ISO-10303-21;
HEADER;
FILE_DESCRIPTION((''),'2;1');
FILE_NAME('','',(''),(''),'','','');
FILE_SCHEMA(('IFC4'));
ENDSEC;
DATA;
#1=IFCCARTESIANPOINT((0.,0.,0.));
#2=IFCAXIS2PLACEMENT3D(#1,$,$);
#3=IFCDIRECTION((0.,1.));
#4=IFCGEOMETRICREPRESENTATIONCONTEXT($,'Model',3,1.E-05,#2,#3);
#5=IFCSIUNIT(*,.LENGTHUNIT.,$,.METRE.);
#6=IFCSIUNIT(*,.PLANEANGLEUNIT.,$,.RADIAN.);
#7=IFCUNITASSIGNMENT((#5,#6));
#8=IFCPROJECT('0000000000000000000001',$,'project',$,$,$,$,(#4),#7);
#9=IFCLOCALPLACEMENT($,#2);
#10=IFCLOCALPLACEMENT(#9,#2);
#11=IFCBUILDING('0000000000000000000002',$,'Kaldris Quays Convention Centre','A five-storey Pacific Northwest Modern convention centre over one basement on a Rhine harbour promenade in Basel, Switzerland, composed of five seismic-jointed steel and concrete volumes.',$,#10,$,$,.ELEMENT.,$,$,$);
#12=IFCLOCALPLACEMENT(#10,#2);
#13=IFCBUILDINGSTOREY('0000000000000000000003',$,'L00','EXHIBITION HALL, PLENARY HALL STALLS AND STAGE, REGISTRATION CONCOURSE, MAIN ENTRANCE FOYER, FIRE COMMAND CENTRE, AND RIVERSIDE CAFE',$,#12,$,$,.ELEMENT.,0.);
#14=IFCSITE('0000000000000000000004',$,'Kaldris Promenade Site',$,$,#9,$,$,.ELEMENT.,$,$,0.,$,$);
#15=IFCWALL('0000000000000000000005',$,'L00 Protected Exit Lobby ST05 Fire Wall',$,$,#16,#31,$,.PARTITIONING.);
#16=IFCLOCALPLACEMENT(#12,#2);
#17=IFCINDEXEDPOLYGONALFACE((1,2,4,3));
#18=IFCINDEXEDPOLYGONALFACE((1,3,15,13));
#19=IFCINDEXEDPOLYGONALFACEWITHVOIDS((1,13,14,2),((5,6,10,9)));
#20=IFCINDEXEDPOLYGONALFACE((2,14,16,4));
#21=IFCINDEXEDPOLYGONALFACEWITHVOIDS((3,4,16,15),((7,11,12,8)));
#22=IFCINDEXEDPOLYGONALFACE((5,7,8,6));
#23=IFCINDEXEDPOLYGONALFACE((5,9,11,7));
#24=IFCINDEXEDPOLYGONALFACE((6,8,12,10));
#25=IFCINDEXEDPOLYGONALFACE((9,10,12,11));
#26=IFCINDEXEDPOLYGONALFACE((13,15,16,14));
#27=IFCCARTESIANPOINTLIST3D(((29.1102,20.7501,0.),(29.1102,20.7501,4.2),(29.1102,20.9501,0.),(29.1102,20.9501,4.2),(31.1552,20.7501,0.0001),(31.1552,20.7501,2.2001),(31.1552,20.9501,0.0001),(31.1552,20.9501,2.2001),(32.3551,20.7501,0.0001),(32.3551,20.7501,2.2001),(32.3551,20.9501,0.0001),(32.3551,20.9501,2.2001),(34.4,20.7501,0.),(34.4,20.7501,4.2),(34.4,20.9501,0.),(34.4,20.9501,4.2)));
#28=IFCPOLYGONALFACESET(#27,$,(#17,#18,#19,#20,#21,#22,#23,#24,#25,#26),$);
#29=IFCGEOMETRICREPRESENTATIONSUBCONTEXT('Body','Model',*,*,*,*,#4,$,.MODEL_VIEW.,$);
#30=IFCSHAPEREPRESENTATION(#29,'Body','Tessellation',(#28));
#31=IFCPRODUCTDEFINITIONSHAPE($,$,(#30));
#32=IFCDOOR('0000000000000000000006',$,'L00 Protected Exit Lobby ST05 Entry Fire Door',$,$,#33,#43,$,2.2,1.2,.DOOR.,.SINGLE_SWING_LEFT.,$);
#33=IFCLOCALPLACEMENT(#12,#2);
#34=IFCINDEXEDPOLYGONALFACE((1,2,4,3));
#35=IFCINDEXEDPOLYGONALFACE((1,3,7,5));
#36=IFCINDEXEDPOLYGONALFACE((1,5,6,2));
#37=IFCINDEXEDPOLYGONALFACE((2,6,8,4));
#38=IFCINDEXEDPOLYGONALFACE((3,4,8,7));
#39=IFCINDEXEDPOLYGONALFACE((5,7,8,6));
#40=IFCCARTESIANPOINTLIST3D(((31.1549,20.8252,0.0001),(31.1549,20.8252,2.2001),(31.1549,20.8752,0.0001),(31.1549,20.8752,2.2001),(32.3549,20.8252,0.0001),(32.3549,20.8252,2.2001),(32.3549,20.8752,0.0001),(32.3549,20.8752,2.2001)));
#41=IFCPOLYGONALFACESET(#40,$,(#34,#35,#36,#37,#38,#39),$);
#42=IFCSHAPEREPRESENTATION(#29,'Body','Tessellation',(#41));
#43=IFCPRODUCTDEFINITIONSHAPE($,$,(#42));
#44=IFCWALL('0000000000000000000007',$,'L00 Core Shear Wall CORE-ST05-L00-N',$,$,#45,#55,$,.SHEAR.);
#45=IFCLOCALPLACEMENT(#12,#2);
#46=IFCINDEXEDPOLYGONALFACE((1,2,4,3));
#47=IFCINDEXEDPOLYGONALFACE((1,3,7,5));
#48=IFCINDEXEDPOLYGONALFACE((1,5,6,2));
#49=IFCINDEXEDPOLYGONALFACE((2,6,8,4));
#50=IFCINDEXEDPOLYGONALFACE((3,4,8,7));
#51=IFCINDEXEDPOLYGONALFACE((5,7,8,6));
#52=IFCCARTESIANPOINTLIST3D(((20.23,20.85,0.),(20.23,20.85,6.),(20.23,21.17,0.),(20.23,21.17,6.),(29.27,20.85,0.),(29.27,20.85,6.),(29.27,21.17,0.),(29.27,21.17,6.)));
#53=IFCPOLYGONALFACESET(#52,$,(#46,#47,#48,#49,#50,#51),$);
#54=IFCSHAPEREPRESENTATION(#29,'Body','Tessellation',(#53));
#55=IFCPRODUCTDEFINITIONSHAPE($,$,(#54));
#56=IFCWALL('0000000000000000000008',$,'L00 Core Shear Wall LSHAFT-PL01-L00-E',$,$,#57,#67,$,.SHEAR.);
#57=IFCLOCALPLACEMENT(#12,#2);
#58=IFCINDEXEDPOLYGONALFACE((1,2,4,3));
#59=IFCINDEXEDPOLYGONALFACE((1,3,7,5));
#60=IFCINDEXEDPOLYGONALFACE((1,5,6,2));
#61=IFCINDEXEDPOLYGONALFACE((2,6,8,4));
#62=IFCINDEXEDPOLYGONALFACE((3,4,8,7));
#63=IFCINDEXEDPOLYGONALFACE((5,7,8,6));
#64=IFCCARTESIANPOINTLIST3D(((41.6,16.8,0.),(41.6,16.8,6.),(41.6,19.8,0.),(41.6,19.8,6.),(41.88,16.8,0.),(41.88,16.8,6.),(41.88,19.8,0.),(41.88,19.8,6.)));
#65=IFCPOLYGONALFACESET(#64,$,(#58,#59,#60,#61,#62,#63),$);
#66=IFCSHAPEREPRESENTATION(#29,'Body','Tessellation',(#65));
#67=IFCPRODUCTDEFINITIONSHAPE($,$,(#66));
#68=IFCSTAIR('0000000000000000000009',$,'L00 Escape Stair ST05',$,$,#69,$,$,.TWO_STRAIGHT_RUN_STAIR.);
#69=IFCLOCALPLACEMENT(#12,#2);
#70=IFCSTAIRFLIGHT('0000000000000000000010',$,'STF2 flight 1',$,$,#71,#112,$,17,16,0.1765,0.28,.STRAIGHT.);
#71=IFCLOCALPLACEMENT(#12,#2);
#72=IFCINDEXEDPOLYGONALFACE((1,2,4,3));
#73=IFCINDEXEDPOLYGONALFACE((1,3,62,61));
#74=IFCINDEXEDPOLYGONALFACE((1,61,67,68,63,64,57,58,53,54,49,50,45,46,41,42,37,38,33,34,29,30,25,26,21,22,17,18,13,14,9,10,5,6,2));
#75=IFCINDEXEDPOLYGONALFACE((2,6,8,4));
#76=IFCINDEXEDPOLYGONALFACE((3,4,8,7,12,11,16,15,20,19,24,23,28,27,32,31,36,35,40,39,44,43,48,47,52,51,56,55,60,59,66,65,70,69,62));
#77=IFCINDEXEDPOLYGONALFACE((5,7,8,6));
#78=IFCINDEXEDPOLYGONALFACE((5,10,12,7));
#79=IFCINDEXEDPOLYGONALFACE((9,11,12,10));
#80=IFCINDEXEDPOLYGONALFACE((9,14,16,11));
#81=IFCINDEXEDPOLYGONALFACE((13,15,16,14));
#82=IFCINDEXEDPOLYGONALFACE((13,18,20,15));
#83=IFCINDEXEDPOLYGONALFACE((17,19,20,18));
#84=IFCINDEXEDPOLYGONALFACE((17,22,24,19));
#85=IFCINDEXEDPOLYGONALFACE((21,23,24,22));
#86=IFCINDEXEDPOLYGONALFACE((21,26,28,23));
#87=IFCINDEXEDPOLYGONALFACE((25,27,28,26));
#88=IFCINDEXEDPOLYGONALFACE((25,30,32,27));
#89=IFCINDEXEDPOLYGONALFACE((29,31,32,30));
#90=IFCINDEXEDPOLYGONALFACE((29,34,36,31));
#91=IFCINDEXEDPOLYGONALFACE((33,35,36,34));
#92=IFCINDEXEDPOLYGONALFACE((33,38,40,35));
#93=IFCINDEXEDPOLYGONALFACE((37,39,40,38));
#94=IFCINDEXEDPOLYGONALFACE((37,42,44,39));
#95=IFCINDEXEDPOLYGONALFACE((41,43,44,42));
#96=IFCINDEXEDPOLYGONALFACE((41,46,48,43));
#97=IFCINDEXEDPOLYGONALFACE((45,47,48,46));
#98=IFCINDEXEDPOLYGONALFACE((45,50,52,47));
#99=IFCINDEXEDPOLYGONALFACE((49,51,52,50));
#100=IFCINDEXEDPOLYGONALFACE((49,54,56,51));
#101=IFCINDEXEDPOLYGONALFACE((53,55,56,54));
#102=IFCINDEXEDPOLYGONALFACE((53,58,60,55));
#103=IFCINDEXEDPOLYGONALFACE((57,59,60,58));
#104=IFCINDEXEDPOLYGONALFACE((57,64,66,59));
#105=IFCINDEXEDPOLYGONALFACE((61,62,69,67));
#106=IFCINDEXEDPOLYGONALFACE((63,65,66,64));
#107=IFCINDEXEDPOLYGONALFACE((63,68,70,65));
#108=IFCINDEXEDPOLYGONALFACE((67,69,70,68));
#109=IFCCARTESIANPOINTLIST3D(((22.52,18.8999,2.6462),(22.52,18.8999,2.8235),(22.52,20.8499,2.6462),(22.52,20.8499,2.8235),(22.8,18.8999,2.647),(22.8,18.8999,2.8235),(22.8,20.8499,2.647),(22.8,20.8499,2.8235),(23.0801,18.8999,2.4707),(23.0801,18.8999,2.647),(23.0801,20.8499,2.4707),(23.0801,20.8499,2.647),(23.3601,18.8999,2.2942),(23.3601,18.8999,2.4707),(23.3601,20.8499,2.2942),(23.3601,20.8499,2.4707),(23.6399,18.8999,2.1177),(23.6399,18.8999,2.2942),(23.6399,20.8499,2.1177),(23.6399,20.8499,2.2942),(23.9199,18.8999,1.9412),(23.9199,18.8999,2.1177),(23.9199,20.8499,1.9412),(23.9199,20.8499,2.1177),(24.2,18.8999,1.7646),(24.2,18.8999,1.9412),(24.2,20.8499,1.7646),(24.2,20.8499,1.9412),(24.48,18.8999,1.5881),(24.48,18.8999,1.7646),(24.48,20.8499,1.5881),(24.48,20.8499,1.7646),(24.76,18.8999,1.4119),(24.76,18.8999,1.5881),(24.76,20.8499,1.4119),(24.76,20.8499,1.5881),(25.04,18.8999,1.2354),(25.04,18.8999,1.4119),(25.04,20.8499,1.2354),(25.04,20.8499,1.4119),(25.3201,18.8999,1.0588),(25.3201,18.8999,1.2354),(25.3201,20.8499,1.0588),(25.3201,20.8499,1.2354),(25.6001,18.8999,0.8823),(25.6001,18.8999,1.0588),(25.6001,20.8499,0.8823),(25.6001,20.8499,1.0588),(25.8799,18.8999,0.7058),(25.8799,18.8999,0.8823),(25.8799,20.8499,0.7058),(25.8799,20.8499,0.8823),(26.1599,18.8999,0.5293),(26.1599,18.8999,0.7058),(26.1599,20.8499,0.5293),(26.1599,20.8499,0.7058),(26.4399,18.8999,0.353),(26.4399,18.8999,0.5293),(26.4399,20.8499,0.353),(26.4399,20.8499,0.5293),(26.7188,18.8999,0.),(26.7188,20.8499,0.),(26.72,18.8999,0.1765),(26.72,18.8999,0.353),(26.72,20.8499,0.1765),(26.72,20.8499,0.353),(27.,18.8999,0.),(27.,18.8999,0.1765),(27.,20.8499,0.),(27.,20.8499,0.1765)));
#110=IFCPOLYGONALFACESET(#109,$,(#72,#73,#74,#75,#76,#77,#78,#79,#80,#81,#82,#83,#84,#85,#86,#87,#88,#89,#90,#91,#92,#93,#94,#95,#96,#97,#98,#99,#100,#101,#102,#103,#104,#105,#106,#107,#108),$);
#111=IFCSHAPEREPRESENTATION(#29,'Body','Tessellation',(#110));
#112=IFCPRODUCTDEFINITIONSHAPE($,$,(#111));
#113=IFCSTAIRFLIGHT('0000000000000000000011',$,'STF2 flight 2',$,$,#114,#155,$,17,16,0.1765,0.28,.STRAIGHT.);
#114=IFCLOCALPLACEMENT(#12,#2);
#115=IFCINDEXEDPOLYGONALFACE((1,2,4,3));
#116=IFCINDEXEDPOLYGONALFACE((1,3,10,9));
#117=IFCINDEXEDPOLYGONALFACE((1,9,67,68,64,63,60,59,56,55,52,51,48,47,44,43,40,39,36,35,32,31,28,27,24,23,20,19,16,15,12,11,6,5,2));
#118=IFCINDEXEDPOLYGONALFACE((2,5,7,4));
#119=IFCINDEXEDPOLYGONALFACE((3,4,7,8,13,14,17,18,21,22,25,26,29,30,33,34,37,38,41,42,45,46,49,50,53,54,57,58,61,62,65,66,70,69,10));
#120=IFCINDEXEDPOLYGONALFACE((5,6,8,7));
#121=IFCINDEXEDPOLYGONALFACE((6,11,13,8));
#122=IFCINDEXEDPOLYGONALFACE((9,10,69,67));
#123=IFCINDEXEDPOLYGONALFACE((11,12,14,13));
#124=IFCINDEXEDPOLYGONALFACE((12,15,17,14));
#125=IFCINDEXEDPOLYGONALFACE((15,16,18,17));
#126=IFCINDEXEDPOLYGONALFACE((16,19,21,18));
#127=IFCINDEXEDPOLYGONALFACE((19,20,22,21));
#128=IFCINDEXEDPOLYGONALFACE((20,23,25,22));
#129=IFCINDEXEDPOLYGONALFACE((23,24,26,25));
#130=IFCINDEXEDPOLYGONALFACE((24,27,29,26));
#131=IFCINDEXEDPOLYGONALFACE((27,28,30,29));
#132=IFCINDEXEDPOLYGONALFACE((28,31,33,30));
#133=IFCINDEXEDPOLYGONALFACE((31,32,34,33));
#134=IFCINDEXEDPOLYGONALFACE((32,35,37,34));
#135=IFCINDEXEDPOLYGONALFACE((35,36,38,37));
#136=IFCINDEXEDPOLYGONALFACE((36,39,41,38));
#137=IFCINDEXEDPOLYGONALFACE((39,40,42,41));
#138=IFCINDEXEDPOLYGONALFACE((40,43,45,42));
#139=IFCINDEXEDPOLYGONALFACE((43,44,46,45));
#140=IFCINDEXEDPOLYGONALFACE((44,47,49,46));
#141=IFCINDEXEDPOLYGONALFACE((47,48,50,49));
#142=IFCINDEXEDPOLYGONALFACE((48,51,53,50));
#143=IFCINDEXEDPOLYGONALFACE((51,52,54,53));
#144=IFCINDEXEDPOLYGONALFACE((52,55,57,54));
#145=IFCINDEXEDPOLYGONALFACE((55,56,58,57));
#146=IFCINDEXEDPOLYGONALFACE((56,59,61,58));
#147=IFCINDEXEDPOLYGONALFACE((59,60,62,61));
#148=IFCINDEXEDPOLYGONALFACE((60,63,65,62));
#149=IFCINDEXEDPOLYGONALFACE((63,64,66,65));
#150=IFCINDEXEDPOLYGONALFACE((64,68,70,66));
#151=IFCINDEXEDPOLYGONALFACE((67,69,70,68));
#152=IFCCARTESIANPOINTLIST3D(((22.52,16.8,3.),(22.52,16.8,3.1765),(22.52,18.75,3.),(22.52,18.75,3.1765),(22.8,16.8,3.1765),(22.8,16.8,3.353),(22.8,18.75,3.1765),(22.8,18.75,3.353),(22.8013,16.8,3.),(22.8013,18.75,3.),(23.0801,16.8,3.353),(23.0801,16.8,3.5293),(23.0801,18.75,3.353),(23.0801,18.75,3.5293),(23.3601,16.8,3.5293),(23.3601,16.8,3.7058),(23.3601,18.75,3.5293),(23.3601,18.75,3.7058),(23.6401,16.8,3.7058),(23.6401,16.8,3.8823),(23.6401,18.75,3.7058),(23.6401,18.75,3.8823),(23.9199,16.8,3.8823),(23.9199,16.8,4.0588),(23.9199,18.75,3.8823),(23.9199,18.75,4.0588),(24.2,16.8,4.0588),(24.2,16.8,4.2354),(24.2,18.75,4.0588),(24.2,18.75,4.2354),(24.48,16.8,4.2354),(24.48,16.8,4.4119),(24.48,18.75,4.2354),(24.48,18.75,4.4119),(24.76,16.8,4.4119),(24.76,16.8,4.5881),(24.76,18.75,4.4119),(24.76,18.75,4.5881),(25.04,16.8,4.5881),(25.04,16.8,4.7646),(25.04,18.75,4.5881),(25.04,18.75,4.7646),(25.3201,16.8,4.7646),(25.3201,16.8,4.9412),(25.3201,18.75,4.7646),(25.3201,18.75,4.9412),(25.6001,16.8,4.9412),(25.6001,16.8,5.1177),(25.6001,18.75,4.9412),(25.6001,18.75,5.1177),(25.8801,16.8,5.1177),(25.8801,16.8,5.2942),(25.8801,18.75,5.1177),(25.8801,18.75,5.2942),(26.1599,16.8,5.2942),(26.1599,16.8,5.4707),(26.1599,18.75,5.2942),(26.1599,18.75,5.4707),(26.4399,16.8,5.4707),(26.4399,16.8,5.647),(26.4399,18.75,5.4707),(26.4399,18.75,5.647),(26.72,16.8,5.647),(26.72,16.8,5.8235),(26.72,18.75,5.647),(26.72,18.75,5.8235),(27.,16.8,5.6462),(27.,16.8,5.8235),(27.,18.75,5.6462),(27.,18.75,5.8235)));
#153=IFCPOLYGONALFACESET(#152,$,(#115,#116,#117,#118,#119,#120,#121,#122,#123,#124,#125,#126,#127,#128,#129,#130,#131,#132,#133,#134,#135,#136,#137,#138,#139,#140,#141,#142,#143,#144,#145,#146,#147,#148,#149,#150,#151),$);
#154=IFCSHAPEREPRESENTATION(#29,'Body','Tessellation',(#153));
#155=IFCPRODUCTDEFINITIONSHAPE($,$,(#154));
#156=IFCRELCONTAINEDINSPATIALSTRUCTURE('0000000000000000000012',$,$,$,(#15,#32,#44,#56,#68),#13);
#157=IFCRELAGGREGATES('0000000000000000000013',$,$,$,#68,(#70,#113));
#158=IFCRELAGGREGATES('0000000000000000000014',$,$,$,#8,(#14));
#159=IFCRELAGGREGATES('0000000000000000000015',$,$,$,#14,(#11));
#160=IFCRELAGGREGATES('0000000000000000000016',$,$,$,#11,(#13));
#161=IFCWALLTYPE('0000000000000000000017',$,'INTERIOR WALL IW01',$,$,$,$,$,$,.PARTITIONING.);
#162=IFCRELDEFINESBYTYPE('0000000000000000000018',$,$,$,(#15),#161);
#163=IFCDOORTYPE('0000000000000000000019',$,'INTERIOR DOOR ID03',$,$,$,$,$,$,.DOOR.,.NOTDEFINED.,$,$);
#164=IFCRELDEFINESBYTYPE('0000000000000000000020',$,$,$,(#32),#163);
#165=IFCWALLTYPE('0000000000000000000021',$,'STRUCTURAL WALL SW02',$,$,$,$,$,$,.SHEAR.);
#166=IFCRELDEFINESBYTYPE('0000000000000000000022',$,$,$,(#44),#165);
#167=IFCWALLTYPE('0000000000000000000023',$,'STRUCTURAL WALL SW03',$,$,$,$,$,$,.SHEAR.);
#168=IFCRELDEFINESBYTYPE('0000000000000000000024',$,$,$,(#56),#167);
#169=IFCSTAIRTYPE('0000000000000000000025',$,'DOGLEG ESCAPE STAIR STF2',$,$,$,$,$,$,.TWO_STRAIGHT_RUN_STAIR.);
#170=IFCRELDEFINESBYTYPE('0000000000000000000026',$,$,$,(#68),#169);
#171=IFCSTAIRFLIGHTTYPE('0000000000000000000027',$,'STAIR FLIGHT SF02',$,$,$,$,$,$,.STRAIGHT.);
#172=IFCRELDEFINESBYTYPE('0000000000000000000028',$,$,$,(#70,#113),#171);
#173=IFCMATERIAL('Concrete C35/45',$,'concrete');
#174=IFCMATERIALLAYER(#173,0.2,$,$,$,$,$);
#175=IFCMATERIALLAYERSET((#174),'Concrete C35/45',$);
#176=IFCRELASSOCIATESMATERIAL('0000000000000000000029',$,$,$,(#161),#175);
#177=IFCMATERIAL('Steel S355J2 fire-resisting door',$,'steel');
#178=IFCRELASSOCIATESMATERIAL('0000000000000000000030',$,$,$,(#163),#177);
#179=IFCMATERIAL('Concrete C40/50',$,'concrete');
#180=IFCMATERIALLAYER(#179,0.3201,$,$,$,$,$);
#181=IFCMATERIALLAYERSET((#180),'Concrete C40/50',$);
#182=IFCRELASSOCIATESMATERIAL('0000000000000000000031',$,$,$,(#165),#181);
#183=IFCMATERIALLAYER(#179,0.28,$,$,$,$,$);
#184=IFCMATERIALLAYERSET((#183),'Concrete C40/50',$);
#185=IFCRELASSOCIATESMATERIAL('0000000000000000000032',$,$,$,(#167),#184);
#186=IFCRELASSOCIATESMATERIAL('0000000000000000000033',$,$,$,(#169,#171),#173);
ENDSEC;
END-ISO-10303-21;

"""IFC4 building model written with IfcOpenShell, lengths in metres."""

from ifc_helpers import new_model, si_unit, direction, frame, frame_2d, origin, place, context, subcontext, project, spatial, polyline, rectangle, outline, extrude, material, layer, layer_set, type_object, element, fill, aggregate, save


model = new_model("IFC4")

# Units and contexts
model_context = context("Model", 3, precision=1e-05, world=origin(), true_north=direction((0.0, 1.0)))
body_context = subcontext(model_context, "Body", "Model", "MODEL_VIEW")
ifc_project = project(units=[si_unit("LENGTHUNIT", "METRE"), si_unit("PLANEANGLEUNIT", "RADIAN")], contexts=[model_context])

# Site, building, storey
site_placement = place(None, origin())
site = spatial("IfcSite", under=ifc_project, at=site_placement, Name="Kaldris Promenade Site", CompositionType="ELEMENT", RefElevation=0.0)
building_placement = place(site_placement, origin())
building = spatial("IfcBuilding", under=site, at=building_placement, Name="Kaldris Quays Convention Centre", Description="A five-storey Pacific Northwest Modern convention centre over one basement on a Rhine harbour promenade in Basel, Switzerland, composed of five seismic-jointed steel and concrete volumes.", CompositionType="ELEMENT")
storey_placement = place(building_placement, origin())
storey = spatial("IfcBuildingStorey", under=building, at=storey_placement, Name="L00", Description="EXHIBITION HALL, PLENARY HALL STALLS AND STAGE, REGISTRATION CONCOURSE, MAIN ENTRANCE FOYER, FIRE COMMAND CENTRE, AND RIVERSIDE CAFE", CompositionType="ELEMENT", Elevation=0.0)

# Wall, opening, door
ifc_material_1 = material(Name="Concrete C35/45", Category="concrete")
ifc_layer_1 = layer(ifc_material_1, 0.2)
ifc_layer_set_1 = layer_set([ifc_layer_1], Name="Concrete C35/45")
wall_type_1 = type_object("IfcWallType", Name="INTERIOR WALL IW01", PredefinedType="PARTITIONING", material=ifc_layer_set_1)
wall_1_placement = place(storey_placement, frame((29.1101, 20.8501, 0.0), z_axis=(0.0, 0.0, 1.0), x_axis=(1.0, 0.0, 0.0)))
wall_1 = element("IfcWall", 1, at=wall_1_placement, inside=storey, type_object=wall_type_1, Name="L00 Protected Exit Lobby ST05 Fire Wall", PredefinedType="PARTITIONING", context=body_context, shape_type="SweptSolid", body=[
    extrude(rectangle(XDim=5.2898, YDim=0.2, at=frame_2d((2.645, 0.0))), origin(), (0.0, 0.0, 1.0), 4.2),
])
opening_1_placement = place(wall_1_placement, frame((2.0449, 0.0, 0.0)))
opening_1 = element("IfcOpeningElement", 2, at=opening_1_placement, cuts=wall_1, PredefinedType="OPENING", context=body_context, shape_type="SweptSolid", body=[
    extrude(rectangle(XDim=1.2, YDim=2.2, at=frame_2d((0.6001, 1.1001))), frame((0.0, 0.1099, 0.0), z_axis=(0.0, -1.0, 0.0), x_axis=(1.0, 0.0, 0.0)), (0.0, 0.0, 1.0), 0.22),
])
ifc_material_2 = material(Name="Steel S355J2 fire-resisting door", Category="steel")
door_type_1 = type_object("IfcDoorType", Name="INTERIOR DOOR ID03", OperationType="NOTDEFINED", PredefinedType="DOOR", material=ifc_material_2)
door_1_placement = place(opening_1_placement, frame((1.2, 0.0, 0.0), z_axis=(0.0, 0.0, 1.0), x_axis=(-1.0, 0.0, 0.0)))
door_1 = element("IfcDoor", 3, at=door_1_placement, inside=storey, type_object=door_type_1, Name="L00 Protected Exit Lobby ST05 Entry Fire Door", OperationType="SINGLE_SWING_LEFT", OverallHeight=2.2, OverallWidth=1.2, PredefinedType="DOOR", context=body_context, shape_type="SweptSolid", body=[
    extrude(rectangle(XDim=1.2, YDim=2.2, at=frame_2d((0.6001, 1.1001))), frame((0.0, 0.0249, 0.0), z_axis=(0.0, -1.0, 0.0), x_axis=(1.0, 0.0, 0.0)), (0.0, 0.0, 1.0), 0.05),
])
fill(opening_1, door_1)

# Wall
ifc_material_3 = material(Name="Concrete C40/50", Category="concrete")
ifc_layer_2 = layer(ifc_material_3, 0.3201)
ifc_layer_set_2 = layer_set([ifc_layer_2], Name="Concrete C40/50")
wall_type_2 = type_object("IfcWallType", Name="STRUCTURAL WALL SW02", PredefinedType="SHEAR", material=ifc_layer_set_2)
wall_2_placement = place(storey_placement, frame((20.23, 21.01, 0.0), z_axis=(0.0, 0.0, 1.0), x_axis=(1.0, 0.0, 0.0)))
element("IfcWall", 4, at=wall_2_placement, inside=storey, type_object=wall_type_2, Name="L00 Core Shear Wall CORE-ST05-L00-N", PredefinedType="SHEAR", context=body_context, shape_type="SweptSolid", body=[
    extrude(rectangle(XDim=9.04, YDim=0.3201, at=frame_2d((4.52, 0.0))), origin(), (0.0, 0.0, 1.0), 6.0),
])

# Shared definitions
ifc_layer_3 = layer(ifc_material_3, 0.28)
ifc_layer_set_3 = layer_set([ifc_layer_3], Name="Concrete C40/50")
wall_type_3 = type_object("IfcWallType", Name="STRUCTURAL WALL SW03", PredefinedType="SHEAR", material=ifc_layer_set_3)

# Wall
wall_3_placement = place(storey_placement, frame((41.74, 16.8, 0.0), z_axis=(0.0, 0.0, 1.0), x_axis=(0.0, 1.0, 0.0)))
element("IfcWall", 5, at=wall_3_placement, inside=storey, type_object=wall_type_3, Name="L00 Core Shear Wall LSHAFT-PL01-L00-E", PredefinedType="SHEAR", context=body_context, shape_type="SweptSolid", body=[
    extrude(rectangle(XDim=3.0, YDim=0.28, at=frame_2d((1.5, 0.0))), origin(), (0.0, 0.0, 1.0), 6.0),
])

# Stair, stair flights
stair_type = type_object("IfcStairType", Name="DOGLEG ESCAPE STAIR STF2", PredefinedType="TWO_STRAIGHT_RUN_STAIR", material=ifc_material_1)
stair_placement = place(storey_placement, origin())
stair = element("IfcStair", 6, at=stair_placement, inside=storey, type_object=stair_type, Name="L00 Escape Stair ST05", PredefinedType="TWO_STRAIGHT_RUN_STAIR")
stair_flight_type = type_object("IfcStairFlightType", Name="STAIR FLIGHT SF02", PredefinedType="STRAIGHT", material=ifc_material_1)
stair_flight_1_placement = place(storey_placement, frame((27.0, 19.875, 0.0), z_axis=(0.0, 0.0, 1.0), x_axis=(-1.0, 0.0, 0.0)))
stair_flight_1 = element("IfcStairFlight", 7, at=stair_flight_1_placement, type_object=stair_flight_type, Name="STF2 flight 1", NumberOfRisers=17, NumberOfTreads=16, PredefinedType="STRAIGHT", RiserHeight=0.1765, TreadLength=0.28, context=body_context, shape_type="SweptSolid", body=[
    extrude(outline(polyline([(0.0, 0.0), (0.0, 0.1765), (0.28, 0.1765), (0.28, 0.353), (0.5601, 0.353), (0.5601, 0.5293), (0.8401, 0.5293), (0.8401, 0.7058), (1.1201, 0.7058), (1.1201, 0.8823), (1.3999, 0.8823), (1.3999, 1.0588), (1.6799, 1.0588), (1.6799, 1.2354), (1.96, 1.2354), (1.96, 1.4119), (2.24, 1.4119), (2.24, 1.5881), (2.52, 1.5881), (2.52, 1.7646), (2.8, 1.7646), (2.8, 1.9412), (3.0801, 1.9412), (3.0801, 2.1177), (3.3601, 2.1177), (3.3601, 2.2942), (3.6399, 2.2942), (3.6399, 2.4707), (3.9199, 2.4707), (3.9199, 2.647), (4.2, 2.647), (4.2, 2.8235), (4.48, 2.8235), (4.48, 3.0), (4.48, 2.6462), (0.2812, 0.0), (0.0, 0.0)])), frame((0.0, 0.9751, 0.0), z_axis=(0.0, -1.0, 0.0), x_axis=(1.0, 0.0, 0.0)), (0.0, 0.0, 1.0), 1.95),
])
stair_flight_2_placement = place(storey_placement, frame((22.52, 17.7749, 3.0), z_axis=(0.0, 0.0, 1.0), x_axis=(1.0, 0.0, 0.0)))
stair_flight_2 = element("IfcStairFlight", 8, at=stair_flight_2_placement, type_object=stair_flight_type, Name="STF2 flight 2", NumberOfRisers=17, NumberOfTreads=16, PredefinedType="STRAIGHT", RiserHeight=0.1765, TreadLength=0.28, context=body_context, shape_type="SweptSolid", body=[
    extrude(outline(polyline([(0.0, 0.0), (0.0, 0.1765), (0.28, 0.1765), (0.28, 0.353), (0.5601, 0.353), (0.5601, 0.5293), (0.8401, 0.5293), (0.8401, 0.7058), (1.1201, 0.7058), (1.1201, 0.8823), (1.3999, 0.8823), (1.3999, 1.0588), (1.6799, 1.0588), (1.6799, 1.2354), (1.96, 1.2354), (1.96, 1.4119), (2.24, 1.4119), (2.24, 1.5881), (2.52, 1.5881), (2.52, 1.7646), (2.8, 1.7646), (2.8, 1.9412), (3.0801, 1.9412), (3.0801, 2.1177), (3.3601, 2.1177), (3.3601, 2.2942), (3.6399, 2.2942), (3.6399, 2.4707), (3.9199, 2.4707), (3.9199, 2.647), (4.2, 2.647), (4.2, 2.8235), (4.48, 2.8235), (4.48, 3.0), (4.48, 2.6462), (0.2812, 0.0), (0.0, 0.0)])), frame((0.0, 0.9751, 0.0), z_axis=(0.0, -1.0, 0.0), x_axis=(1.0, 0.0, 0.0)), (0.0, 0.0, 1.0), 1.95),
])
aggregate(stair, [stair_flight_1, stair_flight_2])

save(model, "model.ifc")
